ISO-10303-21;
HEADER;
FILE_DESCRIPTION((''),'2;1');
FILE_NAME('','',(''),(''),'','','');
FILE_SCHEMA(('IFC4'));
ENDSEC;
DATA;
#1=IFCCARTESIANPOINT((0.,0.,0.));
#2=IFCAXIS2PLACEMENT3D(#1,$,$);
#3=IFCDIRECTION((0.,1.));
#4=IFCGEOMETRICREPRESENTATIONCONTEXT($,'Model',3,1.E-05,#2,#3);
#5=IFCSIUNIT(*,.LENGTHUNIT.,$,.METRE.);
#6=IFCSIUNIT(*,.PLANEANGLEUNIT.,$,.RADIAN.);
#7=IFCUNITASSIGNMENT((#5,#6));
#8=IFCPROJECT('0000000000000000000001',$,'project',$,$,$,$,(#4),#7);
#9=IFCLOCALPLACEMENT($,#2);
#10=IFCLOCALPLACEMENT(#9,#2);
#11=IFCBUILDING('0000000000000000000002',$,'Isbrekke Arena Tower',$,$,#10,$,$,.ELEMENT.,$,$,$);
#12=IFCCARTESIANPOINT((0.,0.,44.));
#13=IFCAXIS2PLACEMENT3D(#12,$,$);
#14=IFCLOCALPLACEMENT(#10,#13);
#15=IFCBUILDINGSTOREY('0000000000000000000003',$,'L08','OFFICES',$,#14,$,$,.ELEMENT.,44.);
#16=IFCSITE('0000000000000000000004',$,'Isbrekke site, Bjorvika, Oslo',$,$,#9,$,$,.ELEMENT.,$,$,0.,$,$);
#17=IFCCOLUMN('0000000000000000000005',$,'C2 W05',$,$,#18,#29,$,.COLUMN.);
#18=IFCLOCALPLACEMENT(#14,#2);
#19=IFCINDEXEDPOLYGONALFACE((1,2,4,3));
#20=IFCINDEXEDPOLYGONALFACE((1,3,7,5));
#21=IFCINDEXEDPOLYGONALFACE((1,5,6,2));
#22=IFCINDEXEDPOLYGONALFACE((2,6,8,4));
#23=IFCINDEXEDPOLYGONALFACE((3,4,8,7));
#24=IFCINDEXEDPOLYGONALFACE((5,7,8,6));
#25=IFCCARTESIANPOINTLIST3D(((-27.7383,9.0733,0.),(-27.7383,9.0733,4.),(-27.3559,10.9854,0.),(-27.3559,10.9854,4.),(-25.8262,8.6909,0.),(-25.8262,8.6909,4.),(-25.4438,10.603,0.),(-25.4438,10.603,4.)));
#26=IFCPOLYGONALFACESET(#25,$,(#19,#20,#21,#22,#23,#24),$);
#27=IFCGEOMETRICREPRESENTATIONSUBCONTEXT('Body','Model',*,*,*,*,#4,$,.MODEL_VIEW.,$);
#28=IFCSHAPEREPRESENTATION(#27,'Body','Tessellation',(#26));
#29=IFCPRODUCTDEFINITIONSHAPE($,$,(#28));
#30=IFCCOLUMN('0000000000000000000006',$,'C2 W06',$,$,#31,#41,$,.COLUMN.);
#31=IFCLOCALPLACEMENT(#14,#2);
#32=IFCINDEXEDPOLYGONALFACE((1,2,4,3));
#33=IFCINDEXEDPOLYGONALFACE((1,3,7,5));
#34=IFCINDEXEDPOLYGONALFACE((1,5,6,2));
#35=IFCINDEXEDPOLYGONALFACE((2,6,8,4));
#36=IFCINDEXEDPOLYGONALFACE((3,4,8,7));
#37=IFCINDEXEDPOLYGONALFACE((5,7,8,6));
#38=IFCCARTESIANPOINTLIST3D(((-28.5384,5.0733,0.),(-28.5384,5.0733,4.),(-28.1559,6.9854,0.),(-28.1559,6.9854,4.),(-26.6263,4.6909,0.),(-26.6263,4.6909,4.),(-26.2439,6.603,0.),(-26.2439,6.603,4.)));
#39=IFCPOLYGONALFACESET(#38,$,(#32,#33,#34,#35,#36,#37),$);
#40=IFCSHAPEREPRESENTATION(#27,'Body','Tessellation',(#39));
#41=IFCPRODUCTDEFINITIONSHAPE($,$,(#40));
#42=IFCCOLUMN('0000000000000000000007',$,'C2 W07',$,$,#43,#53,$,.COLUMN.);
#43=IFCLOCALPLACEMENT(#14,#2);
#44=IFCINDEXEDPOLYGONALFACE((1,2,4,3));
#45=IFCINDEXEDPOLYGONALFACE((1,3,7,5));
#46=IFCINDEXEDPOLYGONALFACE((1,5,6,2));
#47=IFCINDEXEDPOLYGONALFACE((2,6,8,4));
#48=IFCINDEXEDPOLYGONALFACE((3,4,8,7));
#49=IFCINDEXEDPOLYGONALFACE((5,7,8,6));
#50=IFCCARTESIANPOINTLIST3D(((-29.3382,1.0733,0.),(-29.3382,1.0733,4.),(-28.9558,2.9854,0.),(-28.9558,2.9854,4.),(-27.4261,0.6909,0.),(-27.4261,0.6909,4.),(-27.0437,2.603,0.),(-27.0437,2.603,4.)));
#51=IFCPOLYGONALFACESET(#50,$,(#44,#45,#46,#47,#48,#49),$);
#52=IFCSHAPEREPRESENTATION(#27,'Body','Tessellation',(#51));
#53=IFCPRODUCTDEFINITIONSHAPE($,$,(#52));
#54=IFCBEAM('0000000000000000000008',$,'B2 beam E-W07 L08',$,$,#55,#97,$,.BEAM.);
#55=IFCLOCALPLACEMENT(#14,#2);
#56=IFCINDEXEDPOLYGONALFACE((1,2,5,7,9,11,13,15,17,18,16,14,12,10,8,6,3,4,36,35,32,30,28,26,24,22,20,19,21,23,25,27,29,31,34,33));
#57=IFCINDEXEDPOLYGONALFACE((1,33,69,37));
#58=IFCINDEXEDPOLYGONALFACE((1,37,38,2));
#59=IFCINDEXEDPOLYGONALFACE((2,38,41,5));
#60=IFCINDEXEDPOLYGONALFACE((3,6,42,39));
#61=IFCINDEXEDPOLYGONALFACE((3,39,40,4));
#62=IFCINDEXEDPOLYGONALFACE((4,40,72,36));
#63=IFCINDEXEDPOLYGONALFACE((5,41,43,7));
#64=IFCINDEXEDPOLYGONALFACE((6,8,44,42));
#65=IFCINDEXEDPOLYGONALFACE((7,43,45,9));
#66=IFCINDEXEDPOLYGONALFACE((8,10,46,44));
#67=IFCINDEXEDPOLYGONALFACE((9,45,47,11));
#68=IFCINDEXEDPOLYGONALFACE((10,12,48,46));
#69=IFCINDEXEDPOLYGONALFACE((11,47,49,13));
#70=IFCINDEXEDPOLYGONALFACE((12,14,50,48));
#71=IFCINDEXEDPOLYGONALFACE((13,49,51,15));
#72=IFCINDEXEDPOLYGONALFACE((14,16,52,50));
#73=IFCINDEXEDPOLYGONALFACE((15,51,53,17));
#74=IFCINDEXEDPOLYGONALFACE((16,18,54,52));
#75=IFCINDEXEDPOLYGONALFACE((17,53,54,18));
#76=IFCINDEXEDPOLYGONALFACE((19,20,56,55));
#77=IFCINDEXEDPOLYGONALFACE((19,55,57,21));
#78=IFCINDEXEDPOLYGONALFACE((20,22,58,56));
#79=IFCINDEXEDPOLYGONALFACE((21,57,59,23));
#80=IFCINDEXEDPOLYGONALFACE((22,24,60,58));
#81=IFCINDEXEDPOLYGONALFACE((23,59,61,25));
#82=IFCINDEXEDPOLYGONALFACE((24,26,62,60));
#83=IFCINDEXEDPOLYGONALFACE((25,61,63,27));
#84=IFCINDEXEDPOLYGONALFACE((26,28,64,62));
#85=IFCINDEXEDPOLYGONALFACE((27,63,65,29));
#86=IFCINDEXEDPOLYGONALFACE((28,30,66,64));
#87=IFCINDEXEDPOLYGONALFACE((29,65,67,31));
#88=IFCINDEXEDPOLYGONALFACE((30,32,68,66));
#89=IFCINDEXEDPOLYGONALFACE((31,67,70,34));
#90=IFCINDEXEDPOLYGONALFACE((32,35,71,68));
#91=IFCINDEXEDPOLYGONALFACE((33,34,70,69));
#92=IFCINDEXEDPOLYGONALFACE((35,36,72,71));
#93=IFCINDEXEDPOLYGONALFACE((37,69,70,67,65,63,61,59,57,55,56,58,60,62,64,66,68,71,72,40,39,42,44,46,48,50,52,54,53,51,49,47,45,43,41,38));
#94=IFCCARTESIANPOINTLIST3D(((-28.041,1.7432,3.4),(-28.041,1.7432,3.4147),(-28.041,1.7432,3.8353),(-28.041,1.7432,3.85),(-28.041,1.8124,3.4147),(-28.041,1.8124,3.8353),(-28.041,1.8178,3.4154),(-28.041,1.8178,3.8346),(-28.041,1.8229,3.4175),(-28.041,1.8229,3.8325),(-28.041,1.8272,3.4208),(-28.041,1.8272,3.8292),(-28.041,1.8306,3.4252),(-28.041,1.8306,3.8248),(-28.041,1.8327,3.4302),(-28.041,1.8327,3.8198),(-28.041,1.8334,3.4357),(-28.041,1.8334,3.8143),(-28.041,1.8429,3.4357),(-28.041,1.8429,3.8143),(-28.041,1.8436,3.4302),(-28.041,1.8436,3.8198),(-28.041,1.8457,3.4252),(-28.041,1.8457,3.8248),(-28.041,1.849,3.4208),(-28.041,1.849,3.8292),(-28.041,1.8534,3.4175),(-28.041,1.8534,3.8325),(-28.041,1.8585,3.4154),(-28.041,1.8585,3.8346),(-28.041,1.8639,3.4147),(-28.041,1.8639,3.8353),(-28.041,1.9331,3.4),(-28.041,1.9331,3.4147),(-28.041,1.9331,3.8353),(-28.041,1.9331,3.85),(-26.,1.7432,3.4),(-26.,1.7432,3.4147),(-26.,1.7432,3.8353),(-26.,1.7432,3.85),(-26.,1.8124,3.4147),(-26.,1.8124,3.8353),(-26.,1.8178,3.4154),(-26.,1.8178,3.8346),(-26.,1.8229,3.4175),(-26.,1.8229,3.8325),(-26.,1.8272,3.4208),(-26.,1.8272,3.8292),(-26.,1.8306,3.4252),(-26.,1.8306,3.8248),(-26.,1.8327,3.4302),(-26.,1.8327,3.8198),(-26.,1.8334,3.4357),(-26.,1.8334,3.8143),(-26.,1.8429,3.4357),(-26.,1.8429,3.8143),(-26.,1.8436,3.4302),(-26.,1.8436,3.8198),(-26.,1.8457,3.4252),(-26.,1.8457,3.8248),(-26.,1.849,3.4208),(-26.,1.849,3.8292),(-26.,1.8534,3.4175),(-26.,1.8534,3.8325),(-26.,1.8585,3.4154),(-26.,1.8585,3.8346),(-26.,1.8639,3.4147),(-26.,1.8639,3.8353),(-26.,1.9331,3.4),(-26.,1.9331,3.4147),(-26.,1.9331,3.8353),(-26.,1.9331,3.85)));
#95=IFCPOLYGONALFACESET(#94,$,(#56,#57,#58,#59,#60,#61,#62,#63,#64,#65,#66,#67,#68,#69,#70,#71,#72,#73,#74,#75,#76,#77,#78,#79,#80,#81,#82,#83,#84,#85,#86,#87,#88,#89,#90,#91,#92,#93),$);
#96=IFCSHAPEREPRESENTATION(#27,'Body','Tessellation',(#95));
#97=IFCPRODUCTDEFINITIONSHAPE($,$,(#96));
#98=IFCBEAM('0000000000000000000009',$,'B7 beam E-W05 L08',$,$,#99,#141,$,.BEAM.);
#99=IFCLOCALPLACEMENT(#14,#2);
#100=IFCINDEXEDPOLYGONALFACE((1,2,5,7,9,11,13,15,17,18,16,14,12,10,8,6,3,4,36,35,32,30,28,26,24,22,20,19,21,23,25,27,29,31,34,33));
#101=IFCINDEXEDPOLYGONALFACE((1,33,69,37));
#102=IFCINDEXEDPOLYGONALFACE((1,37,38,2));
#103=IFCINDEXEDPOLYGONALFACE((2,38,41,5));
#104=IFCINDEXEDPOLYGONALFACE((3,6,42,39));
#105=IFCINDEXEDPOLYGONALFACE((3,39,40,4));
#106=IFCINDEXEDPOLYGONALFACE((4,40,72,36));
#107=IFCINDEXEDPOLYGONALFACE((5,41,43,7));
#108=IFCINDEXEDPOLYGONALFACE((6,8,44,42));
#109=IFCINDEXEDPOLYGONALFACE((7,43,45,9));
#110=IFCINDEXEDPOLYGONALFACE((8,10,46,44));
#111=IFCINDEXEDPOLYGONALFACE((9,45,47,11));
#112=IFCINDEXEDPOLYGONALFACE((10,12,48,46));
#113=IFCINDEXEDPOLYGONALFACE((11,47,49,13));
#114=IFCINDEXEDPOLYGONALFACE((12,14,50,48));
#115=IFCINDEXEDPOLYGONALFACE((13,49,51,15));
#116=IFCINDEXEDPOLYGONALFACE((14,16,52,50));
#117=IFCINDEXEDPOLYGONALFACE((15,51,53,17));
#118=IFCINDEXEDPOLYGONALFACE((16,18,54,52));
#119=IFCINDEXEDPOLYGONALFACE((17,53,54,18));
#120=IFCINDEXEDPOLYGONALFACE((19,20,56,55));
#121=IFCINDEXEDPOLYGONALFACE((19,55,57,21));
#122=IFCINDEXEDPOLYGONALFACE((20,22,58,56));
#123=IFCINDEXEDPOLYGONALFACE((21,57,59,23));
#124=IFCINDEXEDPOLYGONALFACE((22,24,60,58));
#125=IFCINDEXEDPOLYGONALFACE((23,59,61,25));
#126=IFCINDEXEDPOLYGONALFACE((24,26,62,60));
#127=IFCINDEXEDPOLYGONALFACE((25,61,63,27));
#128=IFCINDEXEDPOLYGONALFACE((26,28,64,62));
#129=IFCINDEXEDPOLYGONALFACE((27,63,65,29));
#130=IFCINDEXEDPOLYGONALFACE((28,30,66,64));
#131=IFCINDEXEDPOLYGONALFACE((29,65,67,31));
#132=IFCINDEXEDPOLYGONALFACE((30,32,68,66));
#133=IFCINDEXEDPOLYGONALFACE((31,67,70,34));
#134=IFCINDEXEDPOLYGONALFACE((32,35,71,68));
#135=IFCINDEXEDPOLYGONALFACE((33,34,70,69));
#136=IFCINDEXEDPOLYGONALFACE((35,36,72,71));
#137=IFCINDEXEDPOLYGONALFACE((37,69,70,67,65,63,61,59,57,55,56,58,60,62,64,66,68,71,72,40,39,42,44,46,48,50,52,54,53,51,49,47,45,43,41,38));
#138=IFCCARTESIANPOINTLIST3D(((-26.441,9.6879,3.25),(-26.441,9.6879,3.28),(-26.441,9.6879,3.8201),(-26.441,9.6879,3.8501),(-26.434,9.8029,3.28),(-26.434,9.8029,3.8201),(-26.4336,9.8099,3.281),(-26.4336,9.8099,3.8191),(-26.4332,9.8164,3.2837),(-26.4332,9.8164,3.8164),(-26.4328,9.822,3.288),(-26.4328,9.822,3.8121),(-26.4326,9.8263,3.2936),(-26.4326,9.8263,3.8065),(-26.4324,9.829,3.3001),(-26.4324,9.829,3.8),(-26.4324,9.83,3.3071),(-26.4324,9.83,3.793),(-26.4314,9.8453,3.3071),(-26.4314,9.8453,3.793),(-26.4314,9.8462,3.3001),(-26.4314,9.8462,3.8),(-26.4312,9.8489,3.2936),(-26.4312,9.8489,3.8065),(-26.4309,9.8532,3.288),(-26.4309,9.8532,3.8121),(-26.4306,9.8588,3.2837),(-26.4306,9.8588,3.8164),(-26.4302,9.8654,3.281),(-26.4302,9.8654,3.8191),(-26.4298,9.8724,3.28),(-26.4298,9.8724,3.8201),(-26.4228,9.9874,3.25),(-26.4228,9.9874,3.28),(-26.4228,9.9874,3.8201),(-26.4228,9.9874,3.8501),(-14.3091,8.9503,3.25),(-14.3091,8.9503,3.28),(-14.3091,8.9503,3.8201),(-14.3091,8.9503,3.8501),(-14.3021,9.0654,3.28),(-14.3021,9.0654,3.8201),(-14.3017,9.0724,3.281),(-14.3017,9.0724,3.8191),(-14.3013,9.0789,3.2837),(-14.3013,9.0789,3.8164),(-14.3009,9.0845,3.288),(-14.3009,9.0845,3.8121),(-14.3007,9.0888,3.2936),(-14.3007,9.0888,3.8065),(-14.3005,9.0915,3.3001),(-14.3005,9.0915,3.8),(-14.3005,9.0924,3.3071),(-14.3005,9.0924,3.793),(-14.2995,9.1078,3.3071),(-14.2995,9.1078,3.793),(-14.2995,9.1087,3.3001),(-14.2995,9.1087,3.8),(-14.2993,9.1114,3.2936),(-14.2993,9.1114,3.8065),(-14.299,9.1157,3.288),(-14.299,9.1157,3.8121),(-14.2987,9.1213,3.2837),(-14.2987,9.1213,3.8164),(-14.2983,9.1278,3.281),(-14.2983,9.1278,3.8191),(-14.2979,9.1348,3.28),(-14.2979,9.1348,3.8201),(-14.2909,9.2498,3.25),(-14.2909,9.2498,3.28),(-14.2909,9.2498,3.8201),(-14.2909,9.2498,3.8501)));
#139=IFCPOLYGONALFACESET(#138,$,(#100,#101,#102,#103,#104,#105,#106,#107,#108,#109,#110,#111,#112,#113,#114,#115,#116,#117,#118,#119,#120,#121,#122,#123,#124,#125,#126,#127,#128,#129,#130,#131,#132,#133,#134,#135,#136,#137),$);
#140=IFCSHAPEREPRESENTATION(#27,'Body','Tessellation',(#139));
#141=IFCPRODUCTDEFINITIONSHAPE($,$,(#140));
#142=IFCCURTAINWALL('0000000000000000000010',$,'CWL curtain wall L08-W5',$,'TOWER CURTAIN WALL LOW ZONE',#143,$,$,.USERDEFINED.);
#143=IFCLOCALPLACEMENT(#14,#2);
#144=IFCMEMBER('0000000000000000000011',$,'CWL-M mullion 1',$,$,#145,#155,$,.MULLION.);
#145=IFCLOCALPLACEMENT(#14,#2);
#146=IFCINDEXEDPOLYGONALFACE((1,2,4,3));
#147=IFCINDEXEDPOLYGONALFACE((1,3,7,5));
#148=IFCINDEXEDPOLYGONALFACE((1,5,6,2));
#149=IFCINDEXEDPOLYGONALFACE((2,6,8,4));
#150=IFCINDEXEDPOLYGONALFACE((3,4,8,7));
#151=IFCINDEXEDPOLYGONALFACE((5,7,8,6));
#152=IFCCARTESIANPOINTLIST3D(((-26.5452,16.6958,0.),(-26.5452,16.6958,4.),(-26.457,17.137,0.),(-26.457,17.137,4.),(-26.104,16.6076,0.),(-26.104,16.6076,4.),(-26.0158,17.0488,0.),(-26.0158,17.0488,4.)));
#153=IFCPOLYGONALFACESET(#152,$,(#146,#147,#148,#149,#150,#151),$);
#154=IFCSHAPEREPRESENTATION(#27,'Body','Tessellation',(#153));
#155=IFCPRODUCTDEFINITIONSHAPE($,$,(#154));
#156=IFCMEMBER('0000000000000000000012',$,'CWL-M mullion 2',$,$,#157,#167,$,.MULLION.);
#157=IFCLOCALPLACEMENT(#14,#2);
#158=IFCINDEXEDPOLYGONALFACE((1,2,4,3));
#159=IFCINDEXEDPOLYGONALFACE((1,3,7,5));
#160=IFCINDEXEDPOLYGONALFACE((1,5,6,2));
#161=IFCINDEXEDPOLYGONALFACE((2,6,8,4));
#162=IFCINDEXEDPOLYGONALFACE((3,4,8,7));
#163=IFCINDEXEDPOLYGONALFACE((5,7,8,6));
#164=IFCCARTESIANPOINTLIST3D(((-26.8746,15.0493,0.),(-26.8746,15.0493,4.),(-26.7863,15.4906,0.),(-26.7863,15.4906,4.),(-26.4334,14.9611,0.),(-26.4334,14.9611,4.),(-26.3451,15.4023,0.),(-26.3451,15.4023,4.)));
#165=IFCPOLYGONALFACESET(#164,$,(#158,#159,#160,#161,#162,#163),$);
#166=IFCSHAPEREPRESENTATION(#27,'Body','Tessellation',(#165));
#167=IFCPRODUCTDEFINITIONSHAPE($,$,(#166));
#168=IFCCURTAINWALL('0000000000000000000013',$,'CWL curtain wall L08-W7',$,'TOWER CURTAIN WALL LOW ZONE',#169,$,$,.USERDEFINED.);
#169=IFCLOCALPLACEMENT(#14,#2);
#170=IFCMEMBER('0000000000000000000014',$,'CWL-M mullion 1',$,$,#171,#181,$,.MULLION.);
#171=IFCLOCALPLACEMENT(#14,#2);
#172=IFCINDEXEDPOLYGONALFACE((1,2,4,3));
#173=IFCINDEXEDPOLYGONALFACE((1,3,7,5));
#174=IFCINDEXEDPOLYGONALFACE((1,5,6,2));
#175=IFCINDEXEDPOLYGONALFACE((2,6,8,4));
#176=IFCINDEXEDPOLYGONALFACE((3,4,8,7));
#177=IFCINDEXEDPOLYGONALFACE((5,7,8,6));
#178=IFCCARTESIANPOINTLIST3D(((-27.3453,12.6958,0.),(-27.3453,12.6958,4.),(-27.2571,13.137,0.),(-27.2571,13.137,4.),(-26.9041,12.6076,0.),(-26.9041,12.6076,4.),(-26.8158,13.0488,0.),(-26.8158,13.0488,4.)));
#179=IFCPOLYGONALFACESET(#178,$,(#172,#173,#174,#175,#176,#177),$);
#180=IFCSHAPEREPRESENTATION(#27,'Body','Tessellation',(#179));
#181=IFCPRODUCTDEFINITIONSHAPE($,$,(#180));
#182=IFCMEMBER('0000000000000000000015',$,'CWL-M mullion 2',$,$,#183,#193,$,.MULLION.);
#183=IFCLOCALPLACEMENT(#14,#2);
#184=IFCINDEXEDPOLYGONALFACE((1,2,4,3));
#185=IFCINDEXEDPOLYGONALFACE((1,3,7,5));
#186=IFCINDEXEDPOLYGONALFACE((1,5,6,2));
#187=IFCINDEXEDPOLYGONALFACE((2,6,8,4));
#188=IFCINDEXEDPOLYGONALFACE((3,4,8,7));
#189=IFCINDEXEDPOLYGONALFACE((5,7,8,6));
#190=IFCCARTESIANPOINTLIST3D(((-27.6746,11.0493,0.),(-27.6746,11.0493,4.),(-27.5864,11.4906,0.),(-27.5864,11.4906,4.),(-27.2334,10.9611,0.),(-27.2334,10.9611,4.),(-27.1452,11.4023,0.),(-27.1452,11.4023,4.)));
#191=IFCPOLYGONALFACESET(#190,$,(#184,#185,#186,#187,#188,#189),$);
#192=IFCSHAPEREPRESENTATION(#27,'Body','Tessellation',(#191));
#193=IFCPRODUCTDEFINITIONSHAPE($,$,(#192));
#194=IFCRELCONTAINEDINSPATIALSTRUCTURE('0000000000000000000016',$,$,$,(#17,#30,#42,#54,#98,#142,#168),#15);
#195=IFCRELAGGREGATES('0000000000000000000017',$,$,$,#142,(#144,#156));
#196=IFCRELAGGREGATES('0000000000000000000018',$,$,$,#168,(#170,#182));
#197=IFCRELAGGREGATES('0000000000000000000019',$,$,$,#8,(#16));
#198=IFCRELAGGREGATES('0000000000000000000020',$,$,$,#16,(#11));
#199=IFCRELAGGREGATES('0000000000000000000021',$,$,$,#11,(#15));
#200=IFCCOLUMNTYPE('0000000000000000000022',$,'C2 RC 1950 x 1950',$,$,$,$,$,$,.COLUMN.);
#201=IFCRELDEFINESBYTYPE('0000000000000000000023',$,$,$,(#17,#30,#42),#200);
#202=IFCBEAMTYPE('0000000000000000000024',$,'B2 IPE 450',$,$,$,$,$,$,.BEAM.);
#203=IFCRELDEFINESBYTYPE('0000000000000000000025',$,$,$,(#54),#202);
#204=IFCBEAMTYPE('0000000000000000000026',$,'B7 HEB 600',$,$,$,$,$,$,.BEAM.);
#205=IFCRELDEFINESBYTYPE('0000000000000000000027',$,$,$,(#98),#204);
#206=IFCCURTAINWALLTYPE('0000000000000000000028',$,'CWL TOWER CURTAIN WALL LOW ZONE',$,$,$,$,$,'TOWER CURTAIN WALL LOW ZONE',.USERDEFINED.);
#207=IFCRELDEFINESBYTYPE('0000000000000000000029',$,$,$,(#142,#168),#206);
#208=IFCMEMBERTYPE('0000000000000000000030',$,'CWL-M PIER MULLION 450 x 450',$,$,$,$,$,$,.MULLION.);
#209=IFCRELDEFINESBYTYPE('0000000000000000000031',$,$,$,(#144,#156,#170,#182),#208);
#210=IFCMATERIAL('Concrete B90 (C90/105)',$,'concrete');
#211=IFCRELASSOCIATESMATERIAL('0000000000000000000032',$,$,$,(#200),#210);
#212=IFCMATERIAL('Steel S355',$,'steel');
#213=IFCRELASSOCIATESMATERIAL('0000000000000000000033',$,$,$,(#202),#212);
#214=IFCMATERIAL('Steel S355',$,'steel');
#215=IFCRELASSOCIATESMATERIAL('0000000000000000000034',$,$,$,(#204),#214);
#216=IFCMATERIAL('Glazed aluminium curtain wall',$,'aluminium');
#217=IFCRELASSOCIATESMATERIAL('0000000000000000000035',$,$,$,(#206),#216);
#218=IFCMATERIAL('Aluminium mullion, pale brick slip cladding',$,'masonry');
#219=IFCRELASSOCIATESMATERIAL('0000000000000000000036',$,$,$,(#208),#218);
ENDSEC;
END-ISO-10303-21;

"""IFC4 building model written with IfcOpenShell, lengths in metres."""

from ifc_helpers import new_model, si_unit, direction, frame, origin, origin_2d, place, context, subcontext, project, spatial, rectangle, i_section, extrude, material, material_profile, profile_set, type_object, element, aggregate, save


model = new_model("IFC4")

# Units and contexts
model_context = context("Model", 3, precision=1e-05, world=origin(), true_north=direction((0.0, 1.0)))
body_context = subcontext(model_context, "Body", "Model", "MODEL_VIEW")
ifc_project = project(units=[si_unit("LENGTHUNIT", "METRE"), si_unit("PLANEANGLEUNIT", "RADIAN")], contexts=[model_context])

# Site, building, storey
site_placement = place(None, origin())
site = spatial("IfcSite", under=ifc_project, at=site_placement, Name="Isbrekke site, Bjorvika, Oslo", CompositionType="ELEMENT", RefElevation=0.0)
building_placement = place(site_placement, origin())
building = spatial("IfcBuilding", under=site, at=building_placement, Name="Isbrekke Arena Tower", CompositionType="ELEMENT")
storey_placement = place(building_placement, frame((0.0, 0.0, 44.0)))
storey = spatial("IfcBuildingStorey", under=building, at=storey_placement, Name="L08", Description="OFFICES", CompositionType="ELEMENT", Elevation=44.0)

# Columns
ifc_material_1 = material(Name="Concrete B90 (C90/105)", Category="concrete")
ifc_material_profile_1 = material_profile(ifc_material_1, rectangle(XDim=1.95, YDim=1.95, at=origin_2d()), Name="RC 1950x1950")
ifc_profile_set_1 = profile_set([ifc_material_profile_1], Name="Concrete B90 (C90/105)")
column_type = type_object("IfcColumnType", Name="C2 RC 1950 x 1950", PredefinedType="COLUMN", material=ifc_profile_set_1)
for number, where, z_axis, x_axis, name in (
    (1, (-26.5911, 9.8381, 0.0), (0.0, 0.0, 1.0), (-0.196116, -0.980581, 0.0), "C2 W05"),
    (2, (-27.3911, 5.8381, 0.0), (0.0, 0.0, 1.0), (-0.196116, -0.980581, 0.0), "C2 W06"),
    (3, (-28.1909, 1.8381, 0.0), (0.0, 0.0, 1.0), (-0.196116, -0.980581, 0.0), "C2 W07"),
):
    element("IfcColumn", number, at=place(storey_placement, frame(where, z_axis=z_axis, x_axis=x_axis)), inside=storey, type_object=column_type, Name=name, PredefinedType="COLUMN", context=body_context, shape_type="SweptSolid", body=[
        extrude(rectangle(XDim=1.95, YDim=1.95, at=origin_2d()), origin(), (0.0, 0.0, 1.0), 4.0),
    ])

# Beams
ifc_material_2 = material(Name="Steel S355", Category="steel")
ifc_material_profile_2 = material_profile(ifc_material_2, i_section(OverallWidth=0.1899, OverallDepth=0.45, WebThickness=0.0095, FlangeThickness=0.0146, FilletRadius=0.021, at=origin_2d()), Name="IPE 450")
ifc_profile_set_2 = profile_set([ifc_material_profile_2], Name="Steel S355")
beam_type_1 = type_object("IfcBeamType", Name="B2 IPE 450", PredefinedType="BEAM", material=ifc_profile_set_2)
beam_1_placement = place(storey_placement, frame((-28.041, 1.8381, 3.625), z_axis=(1.0, 0.0, 0.0), x_axis=(0.0, 1.0, 0.0)))
element("IfcBeam", 4, at=beam_1_placement, inside=storey, type_object=beam_type_1, Name="B2 beam E-W07 L08", PredefinedType="BEAM", context=body_context, shape_type="SweptSolid", body=[
    extrude(i_section(OverallWidth=0.1899, OverallDepth=0.45, WebThickness=0.0095, FlangeThickness=0.0146, FilletRadius=0.021, at=origin_2d()), origin(), (0.0, 0.0, 1.0), 2.041),
])
ifc_material_3 = material(Name="Steel S355", Category="steel")
ifc_material_profile_3 = material_profile(ifc_material_3, i_section(OverallWidth=0.3, OverallDepth=0.6001, WebThickness=0.0154, FlangeThickness=0.03, FilletRadius=0.0271, at=origin_2d()), Name="HEB 600")
ifc_profile_set_3 = profile_set([ifc_material_profile_3], Name="Steel S355")
beam_type_2 = type_object("IfcBeamType", Name="B7 HEB 600", PredefinedType="BEAM", material=ifc_profile_set_3)
beam_2_placement = place(storey_placement, frame((-26.4319, 9.8376, 3.55), z_axis=(0.998157, -0.060682, 0.0), x_axis=(0.060682, 0.998157, 0.0)))
element("IfcBeam", 5, at=beam_2_placement, inside=storey, type_object=beam_type_2, Name="B7 beam E-W05 L08", PredefinedType="BEAM", context=body_context, shape_type="SweptSolid", body=[
    extrude(i_section(OverallWidth=0.3, OverallDepth=0.6001, WebThickness=0.0154, FlangeThickness=0.03, FilletRadius=0.0271, at=origin_2d()), origin(), (0.0, 0.0, 1.0), 12.1543),
])

# Curtain walls, members
ifc_material_4 = material(Name="Glazed aluminium curtain wall", Category="aluminium")
curtain_wall_type = type_object("IfcCurtainWallType", Name="CWL TOWER CURTAIN WALL LOW ZONE", ElementType="TOWER CURTAIN WALL LOW ZONE", PredefinedType="USERDEFINED", material=ifc_material_4)
curtain_wall_1_placement = place(storey_placement, origin())
curtain_wall_1 = element("IfcCurtainWall", 6, at=curtain_wall_1_placement, inside=storey, type_object=curtain_wall_type, Name="CWL curtain wall L08-W5", ObjectType="TOWER CURTAIN WALL LOW ZONE", PredefinedType="USERDEFINED")
ifc_material_5 = material(Name="Aluminium mullion, pale brick slip cladding", Category="masonry")
ifc_material_profile_4 = material_profile(ifc_material_5, rectangle(XDim=0.45, YDim=0.45, at=origin_2d()), Name="PIER 450X450")
ifc_profile_set_4 = profile_set([ifc_material_profile_4], Name="Aluminium mullion, pale brick slip cladding")
member_type_1 = type_object("IfcMemberType", Name="CWL-M PIER MULLION 450 x 450", PredefinedType="MULLION", material=ifc_profile_set_4)
member_1_placement = place(storey_placement, frame((-26.2805, 16.8723, 0.0), z_axis=(0.0, 0.0, 1.0), x_axis=(-0.196116, -0.980581, 0.0)))
member_1 = element("IfcMember", 7, at=member_1_placement, type_object=member_type_1, Name="CWL-M mullion 1", PredefinedType="MULLION", context=body_context, shape_type="SweptSolid", body=[
    extrude(rectangle(XDim=0.45, YDim=0.45, at=origin_2d()), origin(), (0.0, 0.0, 1.0), 4.0),
])
member_2_placement = place(storey_placement, frame((-26.6099, 15.2258, 0.0), z_axis=(0.0, 0.0, 1.0), x_axis=(-0.196116, -0.980581, 0.0)))
member_2 = element("IfcMember", 8, at=member_2_placement, type_object=member_type_1, Name="CWL-M mullion 2", PredefinedType="MULLION", context=body_context, shape_type="SweptSolid", body=[
    extrude(rectangle(XDim=0.45, YDim=0.45, at=origin_2d()), origin(), (0.0, 0.0, 1.0), 4.0),
])
curtain_wall_2_placement = place(storey_placement, origin())
curtain_wall_2 = element("IfcCurtainWall", 9, at=curtain_wall_2_placement, inside=storey, type_object=curtain_wall_type, Name="CWL curtain wall L08-W7", ObjectType="TOWER CURTAIN WALL LOW ZONE", PredefinedType="USERDEFINED")
member_3_placement = place(storey_placement, frame((-27.0806, 12.8723, 0.0), z_axis=(0.0, 0.0, 1.0), x_axis=(-0.196116, -0.980581, 0.0)))
member_3 = element("IfcMember", 10, at=member_3_placement, type_object=member_type_1, Name="CWL-M mullion 1", PredefinedType="MULLION", context=body_context, shape_type="SweptSolid", body=[
    extrude(rectangle(XDim=0.45, YDim=0.45, at=origin_2d()), origin(), (0.0, 0.0, 1.0), 4.0),
])
member_4_placement = place(storey_placement, frame((-27.4099, 11.2258, 0.0), z_axis=(0.0, 0.0, 1.0), x_axis=(-0.196116, -0.980581, 0.0)))
member_4 = element("IfcMember", 11, at=member_4_placement, type_object=member_type_1, Name="CWL-M mullion 2", PredefinedType="MULLION", context=body_context, shape_type="SweptSolid", body=[
    extrude(rectangle(XDim=0.45, YDim=0.45, at=origin_2d()), origin(), (0.0, 0.0, 1.0), 4.0),
])

aggregate(curtain_wall_1, [member_1, member_2])
aggregate(curtain_wall_2, [member_3, member_4])

save(model, "model.ifc")
